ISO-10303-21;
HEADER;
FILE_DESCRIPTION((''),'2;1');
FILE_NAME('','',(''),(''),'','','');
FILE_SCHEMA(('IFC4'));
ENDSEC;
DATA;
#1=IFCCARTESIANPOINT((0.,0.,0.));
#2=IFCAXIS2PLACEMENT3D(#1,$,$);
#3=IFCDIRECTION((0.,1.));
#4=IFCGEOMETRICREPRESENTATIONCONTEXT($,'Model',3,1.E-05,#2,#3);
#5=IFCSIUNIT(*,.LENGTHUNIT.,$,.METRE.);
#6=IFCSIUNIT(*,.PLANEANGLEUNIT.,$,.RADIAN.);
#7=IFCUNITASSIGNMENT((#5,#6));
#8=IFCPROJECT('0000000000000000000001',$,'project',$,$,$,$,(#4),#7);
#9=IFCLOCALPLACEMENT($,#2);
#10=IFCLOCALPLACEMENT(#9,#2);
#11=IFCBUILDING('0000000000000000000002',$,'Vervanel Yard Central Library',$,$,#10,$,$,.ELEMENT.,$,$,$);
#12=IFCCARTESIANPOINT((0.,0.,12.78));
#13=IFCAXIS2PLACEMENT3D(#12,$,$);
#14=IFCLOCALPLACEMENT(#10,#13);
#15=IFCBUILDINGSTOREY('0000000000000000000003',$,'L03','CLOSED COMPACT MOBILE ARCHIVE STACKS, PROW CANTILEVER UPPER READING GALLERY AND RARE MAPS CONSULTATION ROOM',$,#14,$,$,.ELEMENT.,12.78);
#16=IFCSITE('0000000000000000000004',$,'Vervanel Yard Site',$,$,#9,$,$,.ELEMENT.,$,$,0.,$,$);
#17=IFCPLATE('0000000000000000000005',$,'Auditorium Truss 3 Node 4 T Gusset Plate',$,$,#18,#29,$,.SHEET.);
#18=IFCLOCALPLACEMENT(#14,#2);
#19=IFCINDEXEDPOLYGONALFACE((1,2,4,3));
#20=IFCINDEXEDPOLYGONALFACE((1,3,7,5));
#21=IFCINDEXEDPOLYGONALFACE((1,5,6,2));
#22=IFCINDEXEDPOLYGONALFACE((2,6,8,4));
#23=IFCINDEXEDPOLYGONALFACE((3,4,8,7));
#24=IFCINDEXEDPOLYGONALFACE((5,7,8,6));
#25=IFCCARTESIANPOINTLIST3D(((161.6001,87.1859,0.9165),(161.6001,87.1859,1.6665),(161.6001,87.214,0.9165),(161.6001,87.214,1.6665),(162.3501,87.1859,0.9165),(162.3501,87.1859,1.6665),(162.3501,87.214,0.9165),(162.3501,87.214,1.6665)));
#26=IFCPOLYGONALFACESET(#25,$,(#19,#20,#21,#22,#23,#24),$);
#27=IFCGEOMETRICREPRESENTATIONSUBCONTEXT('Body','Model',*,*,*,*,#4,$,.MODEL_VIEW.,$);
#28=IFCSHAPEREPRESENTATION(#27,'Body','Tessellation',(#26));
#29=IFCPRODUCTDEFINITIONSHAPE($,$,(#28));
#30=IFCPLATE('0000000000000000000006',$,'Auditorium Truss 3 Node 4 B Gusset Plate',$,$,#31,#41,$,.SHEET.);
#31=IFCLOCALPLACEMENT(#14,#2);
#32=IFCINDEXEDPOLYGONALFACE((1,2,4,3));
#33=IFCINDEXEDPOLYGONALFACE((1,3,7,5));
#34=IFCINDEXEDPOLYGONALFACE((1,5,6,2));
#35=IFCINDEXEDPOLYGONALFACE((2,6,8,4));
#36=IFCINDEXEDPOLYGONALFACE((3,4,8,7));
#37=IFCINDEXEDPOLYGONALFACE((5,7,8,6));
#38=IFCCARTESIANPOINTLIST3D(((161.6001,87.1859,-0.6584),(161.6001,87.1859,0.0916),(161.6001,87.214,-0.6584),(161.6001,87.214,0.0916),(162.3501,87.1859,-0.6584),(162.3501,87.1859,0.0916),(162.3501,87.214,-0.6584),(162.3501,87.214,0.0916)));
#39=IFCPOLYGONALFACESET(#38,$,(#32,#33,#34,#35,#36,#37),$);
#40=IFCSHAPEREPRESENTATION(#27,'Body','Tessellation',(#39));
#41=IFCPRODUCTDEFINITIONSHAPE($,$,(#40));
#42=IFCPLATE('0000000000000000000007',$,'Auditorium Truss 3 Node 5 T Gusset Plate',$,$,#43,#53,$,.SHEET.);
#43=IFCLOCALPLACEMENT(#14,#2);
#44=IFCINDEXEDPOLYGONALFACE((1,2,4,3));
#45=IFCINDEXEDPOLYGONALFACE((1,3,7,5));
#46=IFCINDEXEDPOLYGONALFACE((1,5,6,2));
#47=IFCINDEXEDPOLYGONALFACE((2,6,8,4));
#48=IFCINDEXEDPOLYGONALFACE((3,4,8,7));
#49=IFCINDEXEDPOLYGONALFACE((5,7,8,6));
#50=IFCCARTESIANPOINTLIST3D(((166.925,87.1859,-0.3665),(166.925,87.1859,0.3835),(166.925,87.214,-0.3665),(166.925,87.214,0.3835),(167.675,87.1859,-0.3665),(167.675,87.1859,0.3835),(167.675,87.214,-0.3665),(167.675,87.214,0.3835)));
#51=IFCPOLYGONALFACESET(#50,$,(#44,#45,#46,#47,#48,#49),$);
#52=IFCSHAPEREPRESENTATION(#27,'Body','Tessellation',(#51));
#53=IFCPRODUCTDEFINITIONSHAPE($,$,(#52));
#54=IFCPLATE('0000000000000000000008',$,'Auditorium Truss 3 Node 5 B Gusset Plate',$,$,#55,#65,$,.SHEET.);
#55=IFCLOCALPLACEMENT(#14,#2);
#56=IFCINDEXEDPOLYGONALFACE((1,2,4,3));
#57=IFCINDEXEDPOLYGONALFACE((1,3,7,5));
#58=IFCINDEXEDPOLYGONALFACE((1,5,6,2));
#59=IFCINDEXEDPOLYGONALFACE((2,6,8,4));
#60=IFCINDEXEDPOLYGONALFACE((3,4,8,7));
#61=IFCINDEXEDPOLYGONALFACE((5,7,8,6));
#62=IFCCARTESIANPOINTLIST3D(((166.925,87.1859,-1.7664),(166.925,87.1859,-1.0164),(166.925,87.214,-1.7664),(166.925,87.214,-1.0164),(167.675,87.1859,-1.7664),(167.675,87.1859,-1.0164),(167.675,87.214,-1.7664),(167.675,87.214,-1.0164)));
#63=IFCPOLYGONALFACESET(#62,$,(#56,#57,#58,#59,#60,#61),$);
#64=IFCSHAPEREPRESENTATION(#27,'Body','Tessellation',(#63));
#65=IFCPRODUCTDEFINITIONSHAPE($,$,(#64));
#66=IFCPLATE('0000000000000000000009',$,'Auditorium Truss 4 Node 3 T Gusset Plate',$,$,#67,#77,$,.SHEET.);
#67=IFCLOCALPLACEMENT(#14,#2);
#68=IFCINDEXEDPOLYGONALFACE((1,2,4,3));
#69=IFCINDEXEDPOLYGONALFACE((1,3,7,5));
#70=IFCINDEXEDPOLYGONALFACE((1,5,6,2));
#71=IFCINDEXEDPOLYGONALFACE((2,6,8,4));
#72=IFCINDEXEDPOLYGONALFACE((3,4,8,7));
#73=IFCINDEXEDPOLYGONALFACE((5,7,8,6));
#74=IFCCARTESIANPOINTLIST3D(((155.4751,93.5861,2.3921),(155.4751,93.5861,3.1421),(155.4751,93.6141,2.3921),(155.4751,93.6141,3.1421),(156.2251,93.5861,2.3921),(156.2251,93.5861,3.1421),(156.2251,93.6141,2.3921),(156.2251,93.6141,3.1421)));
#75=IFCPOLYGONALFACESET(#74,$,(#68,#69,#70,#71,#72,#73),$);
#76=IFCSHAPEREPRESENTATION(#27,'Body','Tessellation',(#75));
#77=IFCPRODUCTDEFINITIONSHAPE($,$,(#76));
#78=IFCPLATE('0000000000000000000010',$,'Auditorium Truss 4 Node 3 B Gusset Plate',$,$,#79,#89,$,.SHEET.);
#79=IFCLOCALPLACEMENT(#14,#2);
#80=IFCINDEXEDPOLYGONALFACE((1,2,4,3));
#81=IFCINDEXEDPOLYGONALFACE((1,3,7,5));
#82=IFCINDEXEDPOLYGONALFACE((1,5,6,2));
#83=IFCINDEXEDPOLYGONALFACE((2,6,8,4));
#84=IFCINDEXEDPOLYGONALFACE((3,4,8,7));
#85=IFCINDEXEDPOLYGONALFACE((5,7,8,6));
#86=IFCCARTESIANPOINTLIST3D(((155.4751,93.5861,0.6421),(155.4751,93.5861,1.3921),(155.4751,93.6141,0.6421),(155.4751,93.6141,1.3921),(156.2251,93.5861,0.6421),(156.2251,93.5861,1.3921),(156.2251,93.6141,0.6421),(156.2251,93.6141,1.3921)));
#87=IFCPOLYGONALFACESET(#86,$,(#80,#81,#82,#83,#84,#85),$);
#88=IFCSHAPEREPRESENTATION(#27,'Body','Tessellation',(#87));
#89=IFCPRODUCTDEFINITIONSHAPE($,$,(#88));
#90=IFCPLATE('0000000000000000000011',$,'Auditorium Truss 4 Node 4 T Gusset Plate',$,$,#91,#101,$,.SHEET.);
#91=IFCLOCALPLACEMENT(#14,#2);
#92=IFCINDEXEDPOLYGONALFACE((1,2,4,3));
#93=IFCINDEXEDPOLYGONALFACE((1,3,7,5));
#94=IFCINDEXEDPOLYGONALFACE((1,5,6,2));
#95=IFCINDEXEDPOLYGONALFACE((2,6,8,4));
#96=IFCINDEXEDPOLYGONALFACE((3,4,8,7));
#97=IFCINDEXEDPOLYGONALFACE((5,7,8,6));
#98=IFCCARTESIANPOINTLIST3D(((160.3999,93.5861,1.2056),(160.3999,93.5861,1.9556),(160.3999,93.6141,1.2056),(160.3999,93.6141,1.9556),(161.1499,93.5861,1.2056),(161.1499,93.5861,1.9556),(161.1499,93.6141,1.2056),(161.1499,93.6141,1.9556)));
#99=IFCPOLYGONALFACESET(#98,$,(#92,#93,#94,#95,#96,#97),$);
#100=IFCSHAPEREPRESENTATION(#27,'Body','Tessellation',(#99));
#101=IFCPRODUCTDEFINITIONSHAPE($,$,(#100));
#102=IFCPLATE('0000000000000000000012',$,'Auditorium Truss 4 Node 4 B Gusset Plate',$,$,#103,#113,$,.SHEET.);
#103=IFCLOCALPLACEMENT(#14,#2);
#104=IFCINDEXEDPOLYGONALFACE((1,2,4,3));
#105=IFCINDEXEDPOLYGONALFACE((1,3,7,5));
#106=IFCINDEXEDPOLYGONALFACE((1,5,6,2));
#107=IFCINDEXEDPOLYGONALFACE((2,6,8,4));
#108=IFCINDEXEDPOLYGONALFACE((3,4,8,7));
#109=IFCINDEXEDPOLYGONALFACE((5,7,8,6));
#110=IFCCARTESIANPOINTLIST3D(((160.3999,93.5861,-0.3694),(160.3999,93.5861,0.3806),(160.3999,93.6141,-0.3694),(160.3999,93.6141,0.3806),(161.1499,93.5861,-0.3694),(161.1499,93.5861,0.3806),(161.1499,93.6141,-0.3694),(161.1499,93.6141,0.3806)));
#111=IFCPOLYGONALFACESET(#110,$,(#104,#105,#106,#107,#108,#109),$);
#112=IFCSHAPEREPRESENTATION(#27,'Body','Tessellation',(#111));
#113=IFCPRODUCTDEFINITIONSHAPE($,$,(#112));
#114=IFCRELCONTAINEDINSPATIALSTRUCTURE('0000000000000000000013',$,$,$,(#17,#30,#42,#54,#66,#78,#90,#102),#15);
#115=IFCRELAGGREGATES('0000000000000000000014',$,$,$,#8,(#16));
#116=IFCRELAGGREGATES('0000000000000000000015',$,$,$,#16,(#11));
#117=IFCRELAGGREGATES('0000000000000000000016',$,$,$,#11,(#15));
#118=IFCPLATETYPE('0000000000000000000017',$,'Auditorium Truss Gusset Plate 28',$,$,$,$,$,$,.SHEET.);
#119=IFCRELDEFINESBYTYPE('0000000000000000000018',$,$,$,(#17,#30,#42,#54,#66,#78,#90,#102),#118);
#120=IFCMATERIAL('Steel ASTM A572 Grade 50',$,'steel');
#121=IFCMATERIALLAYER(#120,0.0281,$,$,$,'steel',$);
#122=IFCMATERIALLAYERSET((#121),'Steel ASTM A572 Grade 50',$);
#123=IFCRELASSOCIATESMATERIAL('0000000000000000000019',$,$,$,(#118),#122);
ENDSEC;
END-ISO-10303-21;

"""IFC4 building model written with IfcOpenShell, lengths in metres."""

from ifc_helpers import new_model, si_unit, direction, frame, origin, origin_2d, place, context, subcontext, project, spatial, rectangle, extrude, material, layer, layer_set, type_object, element, save


model = new_model("IFC4")

# Units and contexts
model_context = context("Model", 3, precision=1e-05, world=origin(), true_north=direction((0.0, 1.0)))
body_context = subcontext(model_context, "Body", "Model", "MODEL_VIEW")
ifc_project = project(units=[si_unit("LENGTHUNIT", "METRE"), si_unit("PLANEANGLEUNIT", "RADIAN")], contexts=[model_context])

# Site, building, storey
site_placement = place(None, origin())
site = spatial("IfcSite", under=ifc_project, at=site_placement, Name="Vervanel Yard Site", CompositionType="ELEMENT", RefElevation=0.0)
building_placement = place(site_placement, origin())
building = spatial("IfcBuilding", under=site, at=building_placement, Name="Vervanel Yard Central Library", CompositionType="ELEMENT")
storey_placement = place(building_placement, frame((0.0, 0.0, 12.78)))
storey = spatial("IfcBuildingStorey", under=building, at=storey_placement, Name="L03", Description="CLOSED COMPACT MOBILE ARCHIVE STACKS, PROW CANTILEVER UPPER READING GALLERY AND RARE MAPS CONSULTATION ROOM", CompositionType="ELEMENT", Elevation=12.78)

# Plates
ifc_material_1 = material(Name="Steel ASTM A572 Grade 50", Category="steel")
ifc_layer = layer(ifc_material_1, 0.0281, Category="steel")
ifc_layer_set = layer_set([ifc_layer], Name="Steel ASTM A572 Grade 50")
plate_type = type_object("IfcPlateType", Name="Auditorium Truss Gusset Plate 28", PredefinedType="SHEET", material=ifc_layer_set)
for number, where, z_axis, x_axis, name in (
    (1, (161.9751, 87.2, 0.9165), (0.0, 0.0, 1.0), (1.0, 0.0, 0.0), "Auditorium Truss 3 Node 4 T Gusset Plate"),
    (2, (161.9751, 87.2, -0.6584), (0.0, 0.0, 1.0), (1.0, 0.0, 0.0), "Auditorium Truss 3 Node 4 B Gusset Plate"),
    (3, (167.3, 87.2, -0.3665), (0.0, 0.0, 1.0), (1.0, 0.0, 0.0), "Auditorium Truss 3 Node 5 T Gusset Plate"),
    (4, (167.3, 87.2, -1.7664), (0.0, 0.0, 1.0), (1.0, 0.0, 0.0), "Auditorium Truss 3 Node 5 B Gusset Plate"),
    (5, (155.8501, 93.6001, 2.3921), (0.0, 0.0, 1.0), (1.0, 0.0, 0.0), "Auditorium Truss 4 Node 3 T Gusset Plate"),
    (6, (155.8501, 93.6001, 0.6421), (0.0, 0.0, 1.0), (1.0, 0.0, 0.0), "Auditorium Truss 4 Node 3 B Gusset Plate"),
    (7, (160.7749, 93.6001, 1.2056), (0.0, 0.0, 1.0), (1.0, 0.0, 0.0), "Auditorium Truss 4 Node 4 T Gusset Plate"),
    (8, (160.7749, 93.6001, -0.3694), (0.0, 0.0, 1.0), (1.0, 0.0, 0.0), "Auditorium Truss 4 Node 4 B Gusset Plate"),
):
    element("IfcPlate", number, at=place(storey_placement, frame(where, z_axis=z_axis, x_axis=x_axis)), inside=storey, type_object=plate_type, Name=name, PredefinedType="SHEET", context=body_context, shape_type="SweptSolid", body=[
        extrude(rectangle(XDim=0.75, YDim=0.0281, at=origin_2d()), origin(), (0.0, 0.0, 1.0), 0.75),
    ])

save(model, "model.ifc")
